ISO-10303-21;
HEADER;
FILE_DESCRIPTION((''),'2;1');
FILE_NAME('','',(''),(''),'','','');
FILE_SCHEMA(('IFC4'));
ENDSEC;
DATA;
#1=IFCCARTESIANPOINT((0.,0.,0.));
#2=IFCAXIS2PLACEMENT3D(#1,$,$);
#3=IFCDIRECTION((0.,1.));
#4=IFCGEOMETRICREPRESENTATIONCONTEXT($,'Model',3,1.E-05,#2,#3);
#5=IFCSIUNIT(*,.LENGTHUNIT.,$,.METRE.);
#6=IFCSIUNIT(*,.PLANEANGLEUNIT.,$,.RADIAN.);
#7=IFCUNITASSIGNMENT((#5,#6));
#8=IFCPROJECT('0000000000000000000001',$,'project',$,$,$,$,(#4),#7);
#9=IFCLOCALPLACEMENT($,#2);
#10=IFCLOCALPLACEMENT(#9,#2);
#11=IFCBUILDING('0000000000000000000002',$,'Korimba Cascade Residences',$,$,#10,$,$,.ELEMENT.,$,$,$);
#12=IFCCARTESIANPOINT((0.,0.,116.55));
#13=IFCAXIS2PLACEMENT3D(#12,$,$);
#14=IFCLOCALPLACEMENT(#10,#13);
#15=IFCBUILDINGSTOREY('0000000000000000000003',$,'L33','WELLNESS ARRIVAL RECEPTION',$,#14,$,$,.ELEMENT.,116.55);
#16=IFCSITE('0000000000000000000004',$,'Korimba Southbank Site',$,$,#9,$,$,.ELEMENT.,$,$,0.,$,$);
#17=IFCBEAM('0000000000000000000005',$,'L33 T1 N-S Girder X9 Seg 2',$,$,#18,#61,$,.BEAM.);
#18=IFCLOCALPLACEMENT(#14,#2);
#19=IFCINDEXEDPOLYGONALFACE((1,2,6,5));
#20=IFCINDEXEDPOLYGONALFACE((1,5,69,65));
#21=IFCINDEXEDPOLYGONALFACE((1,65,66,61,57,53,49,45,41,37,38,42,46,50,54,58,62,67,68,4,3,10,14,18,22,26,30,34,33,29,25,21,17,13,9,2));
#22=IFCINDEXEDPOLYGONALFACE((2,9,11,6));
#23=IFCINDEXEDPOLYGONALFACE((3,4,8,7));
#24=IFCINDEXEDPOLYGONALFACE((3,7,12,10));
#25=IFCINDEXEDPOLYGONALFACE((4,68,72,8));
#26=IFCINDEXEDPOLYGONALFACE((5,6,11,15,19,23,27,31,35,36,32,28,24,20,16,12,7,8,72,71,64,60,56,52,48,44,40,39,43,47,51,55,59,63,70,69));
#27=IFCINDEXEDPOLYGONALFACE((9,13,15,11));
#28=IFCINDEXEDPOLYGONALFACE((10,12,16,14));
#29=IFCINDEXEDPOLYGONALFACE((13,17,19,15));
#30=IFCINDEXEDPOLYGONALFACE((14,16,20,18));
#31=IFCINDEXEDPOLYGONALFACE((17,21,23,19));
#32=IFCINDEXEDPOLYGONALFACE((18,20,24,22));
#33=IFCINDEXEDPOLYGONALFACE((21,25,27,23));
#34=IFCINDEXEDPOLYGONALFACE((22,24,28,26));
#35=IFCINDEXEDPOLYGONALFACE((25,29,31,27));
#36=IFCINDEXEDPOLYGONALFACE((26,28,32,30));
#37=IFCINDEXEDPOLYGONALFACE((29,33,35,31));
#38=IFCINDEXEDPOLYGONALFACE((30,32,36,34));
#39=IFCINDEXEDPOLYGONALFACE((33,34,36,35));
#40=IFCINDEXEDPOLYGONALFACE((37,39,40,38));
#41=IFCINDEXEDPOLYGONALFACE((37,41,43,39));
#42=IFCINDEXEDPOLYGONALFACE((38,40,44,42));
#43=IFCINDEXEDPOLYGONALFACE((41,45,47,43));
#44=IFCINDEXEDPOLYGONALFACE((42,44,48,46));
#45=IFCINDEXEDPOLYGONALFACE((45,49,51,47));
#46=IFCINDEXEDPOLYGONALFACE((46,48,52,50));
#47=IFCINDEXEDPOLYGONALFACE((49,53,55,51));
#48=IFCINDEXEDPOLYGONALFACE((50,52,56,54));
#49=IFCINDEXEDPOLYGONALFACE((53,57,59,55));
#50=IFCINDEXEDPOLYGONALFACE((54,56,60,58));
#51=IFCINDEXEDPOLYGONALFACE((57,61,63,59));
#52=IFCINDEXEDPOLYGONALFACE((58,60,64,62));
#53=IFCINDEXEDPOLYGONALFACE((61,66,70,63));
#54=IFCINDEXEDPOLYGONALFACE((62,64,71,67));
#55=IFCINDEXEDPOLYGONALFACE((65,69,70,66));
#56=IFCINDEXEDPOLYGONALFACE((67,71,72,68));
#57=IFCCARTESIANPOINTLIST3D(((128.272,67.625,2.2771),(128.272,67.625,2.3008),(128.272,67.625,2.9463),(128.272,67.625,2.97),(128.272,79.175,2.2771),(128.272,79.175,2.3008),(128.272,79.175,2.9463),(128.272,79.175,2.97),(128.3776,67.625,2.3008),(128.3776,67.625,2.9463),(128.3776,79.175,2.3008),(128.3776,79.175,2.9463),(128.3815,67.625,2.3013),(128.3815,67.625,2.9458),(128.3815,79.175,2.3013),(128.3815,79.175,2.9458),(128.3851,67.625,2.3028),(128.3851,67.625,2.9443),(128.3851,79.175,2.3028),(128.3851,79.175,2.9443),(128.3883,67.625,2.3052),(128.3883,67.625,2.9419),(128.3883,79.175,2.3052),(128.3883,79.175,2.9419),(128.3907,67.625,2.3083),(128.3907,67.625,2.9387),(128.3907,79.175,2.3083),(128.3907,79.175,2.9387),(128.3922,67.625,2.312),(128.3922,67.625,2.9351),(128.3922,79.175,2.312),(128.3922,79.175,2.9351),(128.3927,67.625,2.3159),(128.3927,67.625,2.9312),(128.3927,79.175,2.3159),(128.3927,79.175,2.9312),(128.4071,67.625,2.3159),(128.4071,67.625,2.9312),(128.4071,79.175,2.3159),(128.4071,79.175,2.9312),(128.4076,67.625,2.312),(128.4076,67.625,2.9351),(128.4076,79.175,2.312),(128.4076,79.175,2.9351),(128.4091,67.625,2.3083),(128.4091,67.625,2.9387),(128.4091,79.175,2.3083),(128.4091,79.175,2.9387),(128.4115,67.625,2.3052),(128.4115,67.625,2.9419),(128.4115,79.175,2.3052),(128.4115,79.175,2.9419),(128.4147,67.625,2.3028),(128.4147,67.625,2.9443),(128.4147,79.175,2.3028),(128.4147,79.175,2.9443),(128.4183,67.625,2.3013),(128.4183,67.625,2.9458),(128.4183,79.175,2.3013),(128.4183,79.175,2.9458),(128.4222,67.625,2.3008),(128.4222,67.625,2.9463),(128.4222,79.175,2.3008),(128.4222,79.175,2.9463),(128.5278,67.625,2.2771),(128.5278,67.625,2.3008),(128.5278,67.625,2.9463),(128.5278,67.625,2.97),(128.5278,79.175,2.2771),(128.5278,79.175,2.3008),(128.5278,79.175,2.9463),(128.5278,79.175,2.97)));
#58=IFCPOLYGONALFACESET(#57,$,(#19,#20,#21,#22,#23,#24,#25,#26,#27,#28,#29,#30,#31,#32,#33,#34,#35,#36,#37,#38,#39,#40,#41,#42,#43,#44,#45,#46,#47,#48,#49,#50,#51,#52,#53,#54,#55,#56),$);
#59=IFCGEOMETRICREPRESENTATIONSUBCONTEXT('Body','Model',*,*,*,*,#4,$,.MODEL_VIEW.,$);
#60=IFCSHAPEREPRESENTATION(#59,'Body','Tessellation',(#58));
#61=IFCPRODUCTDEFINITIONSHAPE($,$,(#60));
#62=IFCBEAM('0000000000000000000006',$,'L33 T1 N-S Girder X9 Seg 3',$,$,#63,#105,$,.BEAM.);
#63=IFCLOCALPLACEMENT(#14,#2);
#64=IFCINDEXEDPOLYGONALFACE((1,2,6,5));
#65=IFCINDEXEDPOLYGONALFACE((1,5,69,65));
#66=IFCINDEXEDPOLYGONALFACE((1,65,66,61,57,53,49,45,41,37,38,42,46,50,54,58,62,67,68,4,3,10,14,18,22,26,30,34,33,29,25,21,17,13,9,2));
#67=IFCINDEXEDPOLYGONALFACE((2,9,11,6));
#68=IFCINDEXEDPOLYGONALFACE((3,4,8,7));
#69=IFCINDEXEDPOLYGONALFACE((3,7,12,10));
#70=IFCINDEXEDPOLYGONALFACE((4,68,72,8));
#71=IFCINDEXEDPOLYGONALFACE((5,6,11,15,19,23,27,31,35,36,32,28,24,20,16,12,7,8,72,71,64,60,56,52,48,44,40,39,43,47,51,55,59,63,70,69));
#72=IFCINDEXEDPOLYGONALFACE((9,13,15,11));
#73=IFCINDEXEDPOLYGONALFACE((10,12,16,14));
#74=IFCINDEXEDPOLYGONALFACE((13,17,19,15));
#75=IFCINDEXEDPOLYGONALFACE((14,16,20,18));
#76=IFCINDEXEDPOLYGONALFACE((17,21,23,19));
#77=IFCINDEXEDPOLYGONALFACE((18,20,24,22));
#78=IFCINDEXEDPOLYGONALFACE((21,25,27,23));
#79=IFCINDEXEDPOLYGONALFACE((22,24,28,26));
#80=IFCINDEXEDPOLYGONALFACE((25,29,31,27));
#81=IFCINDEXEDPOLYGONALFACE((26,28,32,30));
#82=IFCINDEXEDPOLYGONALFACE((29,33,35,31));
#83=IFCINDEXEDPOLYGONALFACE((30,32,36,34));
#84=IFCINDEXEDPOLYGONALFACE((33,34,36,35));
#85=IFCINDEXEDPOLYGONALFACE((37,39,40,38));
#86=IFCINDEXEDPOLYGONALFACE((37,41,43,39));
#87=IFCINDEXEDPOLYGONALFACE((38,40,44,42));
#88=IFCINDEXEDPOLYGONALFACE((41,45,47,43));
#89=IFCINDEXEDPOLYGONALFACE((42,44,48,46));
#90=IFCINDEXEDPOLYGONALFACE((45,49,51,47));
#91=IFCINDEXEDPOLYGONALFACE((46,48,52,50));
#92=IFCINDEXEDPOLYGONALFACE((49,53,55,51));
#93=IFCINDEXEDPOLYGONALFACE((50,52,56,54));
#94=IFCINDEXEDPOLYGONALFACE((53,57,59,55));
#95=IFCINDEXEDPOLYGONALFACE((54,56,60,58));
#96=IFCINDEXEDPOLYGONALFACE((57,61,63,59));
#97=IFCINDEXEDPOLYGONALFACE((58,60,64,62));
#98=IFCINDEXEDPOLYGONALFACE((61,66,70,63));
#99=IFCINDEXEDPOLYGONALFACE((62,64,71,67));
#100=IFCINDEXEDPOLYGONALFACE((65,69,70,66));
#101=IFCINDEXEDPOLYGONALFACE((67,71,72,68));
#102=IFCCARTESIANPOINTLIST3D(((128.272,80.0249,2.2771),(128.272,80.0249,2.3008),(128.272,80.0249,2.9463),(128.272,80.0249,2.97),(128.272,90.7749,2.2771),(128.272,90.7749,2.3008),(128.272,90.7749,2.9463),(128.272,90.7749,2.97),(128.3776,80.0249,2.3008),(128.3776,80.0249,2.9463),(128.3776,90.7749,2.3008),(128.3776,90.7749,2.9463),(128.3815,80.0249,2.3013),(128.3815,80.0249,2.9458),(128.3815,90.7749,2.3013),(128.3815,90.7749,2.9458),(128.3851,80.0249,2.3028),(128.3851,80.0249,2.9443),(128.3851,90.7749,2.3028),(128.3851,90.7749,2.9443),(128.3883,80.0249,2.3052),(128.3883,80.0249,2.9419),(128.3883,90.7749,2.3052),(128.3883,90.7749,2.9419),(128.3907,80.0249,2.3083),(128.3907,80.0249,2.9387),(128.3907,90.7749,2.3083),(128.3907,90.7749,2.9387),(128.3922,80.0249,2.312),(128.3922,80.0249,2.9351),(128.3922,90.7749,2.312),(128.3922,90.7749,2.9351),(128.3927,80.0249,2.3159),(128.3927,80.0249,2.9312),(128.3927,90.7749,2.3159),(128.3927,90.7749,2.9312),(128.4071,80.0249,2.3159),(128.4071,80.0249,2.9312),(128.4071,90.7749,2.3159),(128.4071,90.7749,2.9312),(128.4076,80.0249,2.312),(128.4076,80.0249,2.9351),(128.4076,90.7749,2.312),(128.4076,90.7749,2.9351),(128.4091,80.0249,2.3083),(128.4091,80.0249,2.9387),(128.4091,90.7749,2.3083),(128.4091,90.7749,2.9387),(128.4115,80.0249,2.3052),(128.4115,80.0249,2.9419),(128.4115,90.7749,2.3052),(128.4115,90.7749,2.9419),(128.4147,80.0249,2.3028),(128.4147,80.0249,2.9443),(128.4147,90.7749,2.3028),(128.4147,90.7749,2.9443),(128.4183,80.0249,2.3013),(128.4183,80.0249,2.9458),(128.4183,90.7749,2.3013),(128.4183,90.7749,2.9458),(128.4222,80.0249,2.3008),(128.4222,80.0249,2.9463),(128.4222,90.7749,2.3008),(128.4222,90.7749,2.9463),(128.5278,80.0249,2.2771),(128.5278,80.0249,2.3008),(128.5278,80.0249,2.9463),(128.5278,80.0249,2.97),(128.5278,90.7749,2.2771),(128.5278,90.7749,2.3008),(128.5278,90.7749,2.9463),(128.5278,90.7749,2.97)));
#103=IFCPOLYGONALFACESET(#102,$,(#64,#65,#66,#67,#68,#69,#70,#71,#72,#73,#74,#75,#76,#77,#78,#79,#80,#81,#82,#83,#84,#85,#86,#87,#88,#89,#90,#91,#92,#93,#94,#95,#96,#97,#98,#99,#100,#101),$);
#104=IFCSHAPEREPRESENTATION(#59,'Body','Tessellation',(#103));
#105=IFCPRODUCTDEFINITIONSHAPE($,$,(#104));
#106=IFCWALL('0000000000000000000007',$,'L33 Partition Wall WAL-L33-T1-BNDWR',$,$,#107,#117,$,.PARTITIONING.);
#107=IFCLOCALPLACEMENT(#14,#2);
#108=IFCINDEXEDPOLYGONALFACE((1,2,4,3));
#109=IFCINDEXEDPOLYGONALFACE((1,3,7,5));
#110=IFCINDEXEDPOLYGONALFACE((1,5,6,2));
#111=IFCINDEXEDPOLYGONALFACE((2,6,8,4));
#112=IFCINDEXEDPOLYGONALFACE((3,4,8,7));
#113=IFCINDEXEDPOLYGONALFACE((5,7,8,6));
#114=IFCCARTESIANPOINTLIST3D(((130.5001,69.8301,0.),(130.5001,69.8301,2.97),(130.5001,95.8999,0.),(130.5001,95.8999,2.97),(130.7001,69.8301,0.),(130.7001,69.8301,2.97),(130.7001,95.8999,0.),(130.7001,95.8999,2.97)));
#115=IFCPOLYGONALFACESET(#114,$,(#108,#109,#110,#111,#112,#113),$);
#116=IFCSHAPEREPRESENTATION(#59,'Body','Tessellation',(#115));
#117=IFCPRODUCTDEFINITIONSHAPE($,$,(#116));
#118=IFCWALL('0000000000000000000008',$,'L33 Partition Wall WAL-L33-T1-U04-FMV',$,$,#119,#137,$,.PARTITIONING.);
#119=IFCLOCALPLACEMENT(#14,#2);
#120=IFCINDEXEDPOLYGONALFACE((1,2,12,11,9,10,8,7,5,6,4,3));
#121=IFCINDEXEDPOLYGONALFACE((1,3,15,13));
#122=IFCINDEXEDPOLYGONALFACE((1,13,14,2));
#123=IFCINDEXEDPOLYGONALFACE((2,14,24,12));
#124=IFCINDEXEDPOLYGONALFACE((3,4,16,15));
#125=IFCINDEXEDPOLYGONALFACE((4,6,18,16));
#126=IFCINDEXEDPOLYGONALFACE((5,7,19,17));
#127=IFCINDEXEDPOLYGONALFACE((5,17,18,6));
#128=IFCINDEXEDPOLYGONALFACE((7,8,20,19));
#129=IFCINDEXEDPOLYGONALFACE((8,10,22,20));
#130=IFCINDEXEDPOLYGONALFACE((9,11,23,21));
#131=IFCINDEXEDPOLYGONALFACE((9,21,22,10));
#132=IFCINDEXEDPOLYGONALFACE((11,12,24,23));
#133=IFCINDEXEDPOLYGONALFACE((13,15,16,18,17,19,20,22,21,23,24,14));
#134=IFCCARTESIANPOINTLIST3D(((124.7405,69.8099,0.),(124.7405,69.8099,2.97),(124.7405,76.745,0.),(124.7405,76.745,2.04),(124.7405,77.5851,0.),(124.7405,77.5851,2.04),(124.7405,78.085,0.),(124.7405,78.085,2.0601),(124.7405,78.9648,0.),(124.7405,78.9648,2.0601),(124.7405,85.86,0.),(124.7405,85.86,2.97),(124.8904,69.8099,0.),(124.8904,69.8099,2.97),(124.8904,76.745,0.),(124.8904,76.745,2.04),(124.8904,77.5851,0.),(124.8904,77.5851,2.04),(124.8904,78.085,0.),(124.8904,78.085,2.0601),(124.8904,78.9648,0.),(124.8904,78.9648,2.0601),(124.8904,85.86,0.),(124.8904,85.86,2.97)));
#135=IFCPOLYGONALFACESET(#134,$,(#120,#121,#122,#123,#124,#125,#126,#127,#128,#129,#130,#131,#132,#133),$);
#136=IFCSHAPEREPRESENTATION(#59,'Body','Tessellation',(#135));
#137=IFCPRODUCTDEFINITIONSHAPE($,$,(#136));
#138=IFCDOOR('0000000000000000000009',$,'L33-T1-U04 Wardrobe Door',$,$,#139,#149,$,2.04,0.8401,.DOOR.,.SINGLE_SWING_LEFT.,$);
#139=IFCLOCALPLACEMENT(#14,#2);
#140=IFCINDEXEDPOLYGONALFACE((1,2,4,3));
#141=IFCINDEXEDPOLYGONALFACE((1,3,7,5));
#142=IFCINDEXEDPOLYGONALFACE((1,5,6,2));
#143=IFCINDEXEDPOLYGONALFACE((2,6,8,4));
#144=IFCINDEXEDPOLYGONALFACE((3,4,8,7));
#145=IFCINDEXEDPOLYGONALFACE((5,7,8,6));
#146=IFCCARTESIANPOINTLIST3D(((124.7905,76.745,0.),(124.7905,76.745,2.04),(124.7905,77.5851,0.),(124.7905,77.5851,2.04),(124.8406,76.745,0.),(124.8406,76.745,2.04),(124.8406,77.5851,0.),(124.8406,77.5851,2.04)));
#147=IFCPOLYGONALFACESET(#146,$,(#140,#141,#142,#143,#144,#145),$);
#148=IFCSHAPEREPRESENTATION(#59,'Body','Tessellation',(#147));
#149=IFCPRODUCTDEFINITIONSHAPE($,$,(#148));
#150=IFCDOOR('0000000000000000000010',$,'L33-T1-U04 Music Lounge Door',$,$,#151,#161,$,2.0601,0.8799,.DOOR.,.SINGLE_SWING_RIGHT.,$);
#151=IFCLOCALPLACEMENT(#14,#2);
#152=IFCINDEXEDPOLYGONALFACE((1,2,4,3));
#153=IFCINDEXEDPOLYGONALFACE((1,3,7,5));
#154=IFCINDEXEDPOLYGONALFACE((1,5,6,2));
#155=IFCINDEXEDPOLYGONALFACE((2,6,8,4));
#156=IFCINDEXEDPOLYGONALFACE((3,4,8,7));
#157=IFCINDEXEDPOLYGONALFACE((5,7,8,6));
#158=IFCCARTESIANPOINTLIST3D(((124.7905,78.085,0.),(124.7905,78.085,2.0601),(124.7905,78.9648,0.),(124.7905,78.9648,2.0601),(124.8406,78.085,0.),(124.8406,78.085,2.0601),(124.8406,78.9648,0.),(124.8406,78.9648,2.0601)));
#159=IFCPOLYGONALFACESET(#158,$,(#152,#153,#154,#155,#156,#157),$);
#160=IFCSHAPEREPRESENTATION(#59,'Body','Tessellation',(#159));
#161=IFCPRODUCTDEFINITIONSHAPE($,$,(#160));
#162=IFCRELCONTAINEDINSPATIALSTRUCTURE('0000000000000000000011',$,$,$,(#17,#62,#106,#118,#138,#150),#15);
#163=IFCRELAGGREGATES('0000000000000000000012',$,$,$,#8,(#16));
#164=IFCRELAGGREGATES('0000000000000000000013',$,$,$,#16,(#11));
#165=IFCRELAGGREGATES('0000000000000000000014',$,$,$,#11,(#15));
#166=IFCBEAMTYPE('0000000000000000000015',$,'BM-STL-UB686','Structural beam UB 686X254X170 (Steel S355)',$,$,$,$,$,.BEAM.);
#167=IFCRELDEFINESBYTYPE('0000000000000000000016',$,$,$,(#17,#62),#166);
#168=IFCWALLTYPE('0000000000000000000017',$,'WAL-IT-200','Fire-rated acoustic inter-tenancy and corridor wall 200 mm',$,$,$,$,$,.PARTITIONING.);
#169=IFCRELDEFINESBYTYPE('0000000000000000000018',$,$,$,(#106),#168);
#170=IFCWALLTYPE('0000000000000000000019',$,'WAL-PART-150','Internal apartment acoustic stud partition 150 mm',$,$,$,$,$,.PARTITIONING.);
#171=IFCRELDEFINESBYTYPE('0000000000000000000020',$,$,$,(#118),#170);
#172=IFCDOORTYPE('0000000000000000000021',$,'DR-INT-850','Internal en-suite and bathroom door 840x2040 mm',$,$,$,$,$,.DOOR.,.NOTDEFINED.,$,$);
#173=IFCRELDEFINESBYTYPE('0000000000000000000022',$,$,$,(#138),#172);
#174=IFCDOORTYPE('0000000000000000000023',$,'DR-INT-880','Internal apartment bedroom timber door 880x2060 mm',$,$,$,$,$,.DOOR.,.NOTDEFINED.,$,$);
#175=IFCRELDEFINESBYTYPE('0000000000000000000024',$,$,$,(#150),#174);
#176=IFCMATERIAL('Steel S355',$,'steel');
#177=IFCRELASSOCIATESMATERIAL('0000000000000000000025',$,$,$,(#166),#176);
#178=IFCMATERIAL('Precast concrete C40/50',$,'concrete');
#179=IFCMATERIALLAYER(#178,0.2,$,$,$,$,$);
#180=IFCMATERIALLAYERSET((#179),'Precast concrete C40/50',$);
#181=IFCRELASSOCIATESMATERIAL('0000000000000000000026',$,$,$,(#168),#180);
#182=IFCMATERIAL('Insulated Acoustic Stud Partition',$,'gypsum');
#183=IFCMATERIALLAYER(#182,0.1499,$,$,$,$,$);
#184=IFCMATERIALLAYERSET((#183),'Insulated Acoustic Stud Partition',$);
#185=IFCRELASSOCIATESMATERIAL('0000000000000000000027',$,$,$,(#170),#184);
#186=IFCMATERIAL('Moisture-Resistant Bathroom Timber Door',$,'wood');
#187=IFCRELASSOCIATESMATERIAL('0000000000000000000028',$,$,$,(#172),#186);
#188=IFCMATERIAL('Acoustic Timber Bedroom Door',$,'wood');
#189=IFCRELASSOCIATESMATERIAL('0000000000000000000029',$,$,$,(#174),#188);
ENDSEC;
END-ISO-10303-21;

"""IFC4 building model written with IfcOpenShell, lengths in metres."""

from ifc_helpers import new_model, si_unit, direction, frame, frame_2d, origin, origin_2d, place, context, subcontext, project, spatial, rectangle, i_section, extrude, material, layer, layer_set, material_profile, profile_set, type_object, element, fill, save


model = new_model("IFC4")

# Units and contexts
model_context = context("Model", 3, precision=1e-05, world=origin(), true_north=direction((0.0, 1.0)))
body_context = subcontext(model_context, "Body", "Model", "MODEL_VIEW")
ifc_project = project(units=[si_unit("LENGTHUNIT", "METRE"), si_unit("PLANEANGLEUNIT", "RADIAN")], contexts=[model_context])

# Site, building, storey
site_placement = place(None, origin())
site = spatial("IfcSite", under=ifc_project, at=site_placement, Name="Korimba Southbank Site", CompositionType="ELEMENT", RefElevation=0.0)
building_placement = place(site_placement, origin())
building = spatial("IfcBuilding", under=site, at=building_placement, Name="Korimba Cascade Residences", CompositionType="ELEMENT")
storey_placement = place(building_placement, frame((0.0, 0.0, 116.55)))
storey = spatial("IfcBuildingStorey", under=building, at=storey_placement, Name="L33", Description="WELLNESS ARRIVAL RECEPTION", CompositionType="ELEMENT", Elevation=116.55)

# Beams
ifc_material_1 = material(Name="Steel S355", Category="steel")
ifc_material_profile_1 = material_profile(ifc_material_1, i_section(OverallWidth=0.2559, OverallDepth=0.6929, WebThickness=0.0144, FlangeThickness=0.0237, FilletRadius=0.0151, at=origin_2d()), Name="Steel S355")
ifc_profile_set_1 = profile_set([ifc_material_profile_1], Name="Steel S355")
beam_type_1 = type_object("IfcBeamType", Name="BM-STL-UB686", Description="Structural beam UB 686X254X170 (Steel S355)", PredefinedType="BEAM", material=ifc_profile_set_1)
beam_1_placement = place(storey_placement, frame((128.3999, 67.625, 2.6235), z_axis=(0.0, 1.0, 0.0), x_axis=(-1.0, 0.0, 0.0)))
element("IfcBeam", 1, at=beam_1_placement, inside=storey, type_object=beam_type_1, Name="L33 T1 N-S Girder X9 Seg 2", PredefinedType="BEAM", context=body_context, shape_type="SweptSolid", body=[
    extrude(i_section(OverallWidth=0.2559, OverallDepth=0.6929, WebThickness=0.0144, FlangeThickness=0.0237, FilletRadius=0.0151, at=origin_2d()), origin(), (0.0, 0.0, 1.0), 11.55),
])
beam_2_placement = place(storey_placement, frame((128.3999, 80.0249, 2.6235), z_axis=(0.0, 1.0, 0.0), x_axis=(-1.0, 0.0, 0.0)))
element("IfcBeam", 2, at=beam_2_placement, inside=storey, type_object=beam_type_1, Name="L33 T1 N-S Girder X9 Seg 3", PredefinedType="BEAM", context=body_context, shape_type="SweptSolid", body=[
    extrude(i_section(OverallWidth=0.2559, OverallDepth=0.6929, WebThickness=0.0144, FlangeThickness=0.0237, FilletRadius=0.0151, at=origin_2d()), origin(), (0.0, 0.0, 1.0), 10.75),
])

# Wall
ifc_material_2 = material(Name="Precast concrete C40/50", Category="concrete")
ifc_layer_1 = layer(ifc_material_2, 0.2)
ifc_layer_set_1 = layer_set([ifc_layer_1], Name="Precast concrete C40/50")
wall_type_1 = type_object("IfcWallType", Name="WAL-IT-200", Description="Fire-rated acoustic inter-tenancy and corridor wall 200 mm", PredefinedType="PARTITIONING", material=ifc_layer_set_1)
wall_1_placement = place(storey_placement, frame((130.6001, 69.8301, 0.0), z_axis=(0.0, 0.0, 1.0), x_axis=(0.0, 1.0, 0.0)))
element("IfcWall", 3, at=wall_1_placement, inside=storey, type_object=wall_type_1, Name="L33 Partition Wall WAL-L33-T1-BNDWR", PredefinedType="PARTITIONING", context=body_context, shape_type="SweptSolid", body=[
    extrude(rectangle(XDim=26.0698, YDim=0.2, at=frame_2d((13.0349, 0.0))), origin(), (0.0, 0.0, 1.0), 2.97),
])

# Wall, openings, doors
ifc_material_3 = material(Name="Insulated Acoustic Stud Partition", Category="gypsum")
ifc_layer_2 = layer(ifc_material_3, 0.1499)
ifc_layer_set_2 = layer_set([ifc_layer_2], Name="Insulated Acoustic Stud Partition")
wall_type_2 = type_object("IfcWallType", Name="WAL-PART-150", Description="Internal apartment acoustic stud partition 150 mm", PredefinedType="PARTITIONING", material=ifc_layer_set_2)
wall_2_placement = place(storey_placement, frame((124.8154, 69.8101, 0.0), z_axis=(0.0, 0.0, 1.0), x_axis=(0.0, 1.0, 0.0)))
wall_2 = element("IfcWall", 4, at=wall_2_placement, inside=storey, type_object=wall_type_2, Name="L33 Partition Wall WAL-L33-T1-U04-FMV", PredefinedType="PARTITIONING", context=body_context, shape_type="SweptSolid", body=[
    extrude(rectangle(XDim=16.05, YDim=0.1499, at=frame_2d((8.0249, 0.0))), origin(), (0.0, 0.0, 1.0), 2.97),
])
opening_1_placement = place(wall_2_placement, frame((6.9351, 0.0, 0.0)))
opening_1 = element("IfcOpeningElement", 5, at=opening_1_placement, cuts=wall_2, PredefinedType="OPENING", context=body_context, shape_type="SweptSolid", body=[
    extrude(rectangle(XDim=0.8401, YDim=2.04, at=frame_2d((0.4199, 1.02))), frame((0.0, 0.085, 0.0), z_axis=(0.0, -1.0, 0.0), x_axis=(1.0, 0.0, 0.0)), (0.0, 0.0, 1.0), 0.1699),
])
opening_2_placement = place(wall_2_placement, frame((8.2749, 0.0, 0.0)))
opening_2 = element("IfcOpeningElement", 6, at=opening_2_placement, cuts=wall_2, PredefinedType="OPENING", context=body_context, shape_type="SweptSolid", body=[
    extrude(rectangle(XDim=0.8799, YDim=2.0601, at=frame_2d((0.4399, 1.03))), frame((0.0, 0.085, 0.0), z_axis=(0.0, -1.0, 0.0), x_axis=(1.0, 0.0, 0.0)), (0.0, 0.0, 1.0), 0.1699),
])
ifc_material_4 = material(Name="Moisture-Resistant Bathroom Timber Door", Category="wood")
door_type_1 = type_object("IfcDoorType", Name="DR-INT-850", Description="Internal en-suite and bathroom door 840x2040 mm", OperationType="NOTDEFINED", PredefinedType="DOOR", material=ifc_material_4)
door_1_placement = place(opening_1_placement, origin())
door_1 = element("IfcDoor", 7, at=door_1_placement, inside=storey, type_object=door_type_1, Name="L33-T1-U04 Wardrobe Door", OperationType="SINGLE_SWING_LEFT", OverallHeight=2.04, OverallWidth=0.8401, PredefinedType="DOOR", context=body_context, shape_type="SweptSolid", body=[
    extrude(rectangle(XDim=0.8401, YDim=2.04, at=frame_2d((0.4199, 1.02))), frame((0.0, 0.0249, 0.0), z_axis=(0.0, -1.0, 0.0), x_axis=(1.0, 0.0, 0.0)), (0.0, 0.0, 1.0), 0.05),
])
fill(opening_1, door_1)
ifc_material_5 = material(Name="Acoustic Timber Bedroom Door", Category="wood")
door_type_2 = type_object("IfcDoorType", Name="DR-INT-880", Description="Internal apartment bedroom timber door 880x2060 mm", OperationType="NOTDEFINED", PredefinedType="DOOR", material=ifc_material_5)
door_2_placement = place(opening_2_placement, origin())
door_2 = element("IfcDoor", 8, at=door_2_placement, inside=storey, type_object=door_type_2, Name="L33-T1-U04 Music Lounge Door", OperationType="SINGLE_SWING_RIGHT", OverallHeight=2.0601, OverallWidth=0.8799, PredefinedType="DOOR", context=body_context, shape_type="SweptSolid", body=[
    extrude(rectangle(XDim=0.8799, YDim=2.0601, at=frame_2d((0.4399, 1.03))), frame((0.0, 0.0249, 0.0), z_axis=(0.0, -1.0, 0.0), x_axis=(1.0, 0.0, 0.0)), (0.0, 0.0, 1.0), 0.05),
])
fill(opening_2, door_2)

save(model, "model.ifc")
